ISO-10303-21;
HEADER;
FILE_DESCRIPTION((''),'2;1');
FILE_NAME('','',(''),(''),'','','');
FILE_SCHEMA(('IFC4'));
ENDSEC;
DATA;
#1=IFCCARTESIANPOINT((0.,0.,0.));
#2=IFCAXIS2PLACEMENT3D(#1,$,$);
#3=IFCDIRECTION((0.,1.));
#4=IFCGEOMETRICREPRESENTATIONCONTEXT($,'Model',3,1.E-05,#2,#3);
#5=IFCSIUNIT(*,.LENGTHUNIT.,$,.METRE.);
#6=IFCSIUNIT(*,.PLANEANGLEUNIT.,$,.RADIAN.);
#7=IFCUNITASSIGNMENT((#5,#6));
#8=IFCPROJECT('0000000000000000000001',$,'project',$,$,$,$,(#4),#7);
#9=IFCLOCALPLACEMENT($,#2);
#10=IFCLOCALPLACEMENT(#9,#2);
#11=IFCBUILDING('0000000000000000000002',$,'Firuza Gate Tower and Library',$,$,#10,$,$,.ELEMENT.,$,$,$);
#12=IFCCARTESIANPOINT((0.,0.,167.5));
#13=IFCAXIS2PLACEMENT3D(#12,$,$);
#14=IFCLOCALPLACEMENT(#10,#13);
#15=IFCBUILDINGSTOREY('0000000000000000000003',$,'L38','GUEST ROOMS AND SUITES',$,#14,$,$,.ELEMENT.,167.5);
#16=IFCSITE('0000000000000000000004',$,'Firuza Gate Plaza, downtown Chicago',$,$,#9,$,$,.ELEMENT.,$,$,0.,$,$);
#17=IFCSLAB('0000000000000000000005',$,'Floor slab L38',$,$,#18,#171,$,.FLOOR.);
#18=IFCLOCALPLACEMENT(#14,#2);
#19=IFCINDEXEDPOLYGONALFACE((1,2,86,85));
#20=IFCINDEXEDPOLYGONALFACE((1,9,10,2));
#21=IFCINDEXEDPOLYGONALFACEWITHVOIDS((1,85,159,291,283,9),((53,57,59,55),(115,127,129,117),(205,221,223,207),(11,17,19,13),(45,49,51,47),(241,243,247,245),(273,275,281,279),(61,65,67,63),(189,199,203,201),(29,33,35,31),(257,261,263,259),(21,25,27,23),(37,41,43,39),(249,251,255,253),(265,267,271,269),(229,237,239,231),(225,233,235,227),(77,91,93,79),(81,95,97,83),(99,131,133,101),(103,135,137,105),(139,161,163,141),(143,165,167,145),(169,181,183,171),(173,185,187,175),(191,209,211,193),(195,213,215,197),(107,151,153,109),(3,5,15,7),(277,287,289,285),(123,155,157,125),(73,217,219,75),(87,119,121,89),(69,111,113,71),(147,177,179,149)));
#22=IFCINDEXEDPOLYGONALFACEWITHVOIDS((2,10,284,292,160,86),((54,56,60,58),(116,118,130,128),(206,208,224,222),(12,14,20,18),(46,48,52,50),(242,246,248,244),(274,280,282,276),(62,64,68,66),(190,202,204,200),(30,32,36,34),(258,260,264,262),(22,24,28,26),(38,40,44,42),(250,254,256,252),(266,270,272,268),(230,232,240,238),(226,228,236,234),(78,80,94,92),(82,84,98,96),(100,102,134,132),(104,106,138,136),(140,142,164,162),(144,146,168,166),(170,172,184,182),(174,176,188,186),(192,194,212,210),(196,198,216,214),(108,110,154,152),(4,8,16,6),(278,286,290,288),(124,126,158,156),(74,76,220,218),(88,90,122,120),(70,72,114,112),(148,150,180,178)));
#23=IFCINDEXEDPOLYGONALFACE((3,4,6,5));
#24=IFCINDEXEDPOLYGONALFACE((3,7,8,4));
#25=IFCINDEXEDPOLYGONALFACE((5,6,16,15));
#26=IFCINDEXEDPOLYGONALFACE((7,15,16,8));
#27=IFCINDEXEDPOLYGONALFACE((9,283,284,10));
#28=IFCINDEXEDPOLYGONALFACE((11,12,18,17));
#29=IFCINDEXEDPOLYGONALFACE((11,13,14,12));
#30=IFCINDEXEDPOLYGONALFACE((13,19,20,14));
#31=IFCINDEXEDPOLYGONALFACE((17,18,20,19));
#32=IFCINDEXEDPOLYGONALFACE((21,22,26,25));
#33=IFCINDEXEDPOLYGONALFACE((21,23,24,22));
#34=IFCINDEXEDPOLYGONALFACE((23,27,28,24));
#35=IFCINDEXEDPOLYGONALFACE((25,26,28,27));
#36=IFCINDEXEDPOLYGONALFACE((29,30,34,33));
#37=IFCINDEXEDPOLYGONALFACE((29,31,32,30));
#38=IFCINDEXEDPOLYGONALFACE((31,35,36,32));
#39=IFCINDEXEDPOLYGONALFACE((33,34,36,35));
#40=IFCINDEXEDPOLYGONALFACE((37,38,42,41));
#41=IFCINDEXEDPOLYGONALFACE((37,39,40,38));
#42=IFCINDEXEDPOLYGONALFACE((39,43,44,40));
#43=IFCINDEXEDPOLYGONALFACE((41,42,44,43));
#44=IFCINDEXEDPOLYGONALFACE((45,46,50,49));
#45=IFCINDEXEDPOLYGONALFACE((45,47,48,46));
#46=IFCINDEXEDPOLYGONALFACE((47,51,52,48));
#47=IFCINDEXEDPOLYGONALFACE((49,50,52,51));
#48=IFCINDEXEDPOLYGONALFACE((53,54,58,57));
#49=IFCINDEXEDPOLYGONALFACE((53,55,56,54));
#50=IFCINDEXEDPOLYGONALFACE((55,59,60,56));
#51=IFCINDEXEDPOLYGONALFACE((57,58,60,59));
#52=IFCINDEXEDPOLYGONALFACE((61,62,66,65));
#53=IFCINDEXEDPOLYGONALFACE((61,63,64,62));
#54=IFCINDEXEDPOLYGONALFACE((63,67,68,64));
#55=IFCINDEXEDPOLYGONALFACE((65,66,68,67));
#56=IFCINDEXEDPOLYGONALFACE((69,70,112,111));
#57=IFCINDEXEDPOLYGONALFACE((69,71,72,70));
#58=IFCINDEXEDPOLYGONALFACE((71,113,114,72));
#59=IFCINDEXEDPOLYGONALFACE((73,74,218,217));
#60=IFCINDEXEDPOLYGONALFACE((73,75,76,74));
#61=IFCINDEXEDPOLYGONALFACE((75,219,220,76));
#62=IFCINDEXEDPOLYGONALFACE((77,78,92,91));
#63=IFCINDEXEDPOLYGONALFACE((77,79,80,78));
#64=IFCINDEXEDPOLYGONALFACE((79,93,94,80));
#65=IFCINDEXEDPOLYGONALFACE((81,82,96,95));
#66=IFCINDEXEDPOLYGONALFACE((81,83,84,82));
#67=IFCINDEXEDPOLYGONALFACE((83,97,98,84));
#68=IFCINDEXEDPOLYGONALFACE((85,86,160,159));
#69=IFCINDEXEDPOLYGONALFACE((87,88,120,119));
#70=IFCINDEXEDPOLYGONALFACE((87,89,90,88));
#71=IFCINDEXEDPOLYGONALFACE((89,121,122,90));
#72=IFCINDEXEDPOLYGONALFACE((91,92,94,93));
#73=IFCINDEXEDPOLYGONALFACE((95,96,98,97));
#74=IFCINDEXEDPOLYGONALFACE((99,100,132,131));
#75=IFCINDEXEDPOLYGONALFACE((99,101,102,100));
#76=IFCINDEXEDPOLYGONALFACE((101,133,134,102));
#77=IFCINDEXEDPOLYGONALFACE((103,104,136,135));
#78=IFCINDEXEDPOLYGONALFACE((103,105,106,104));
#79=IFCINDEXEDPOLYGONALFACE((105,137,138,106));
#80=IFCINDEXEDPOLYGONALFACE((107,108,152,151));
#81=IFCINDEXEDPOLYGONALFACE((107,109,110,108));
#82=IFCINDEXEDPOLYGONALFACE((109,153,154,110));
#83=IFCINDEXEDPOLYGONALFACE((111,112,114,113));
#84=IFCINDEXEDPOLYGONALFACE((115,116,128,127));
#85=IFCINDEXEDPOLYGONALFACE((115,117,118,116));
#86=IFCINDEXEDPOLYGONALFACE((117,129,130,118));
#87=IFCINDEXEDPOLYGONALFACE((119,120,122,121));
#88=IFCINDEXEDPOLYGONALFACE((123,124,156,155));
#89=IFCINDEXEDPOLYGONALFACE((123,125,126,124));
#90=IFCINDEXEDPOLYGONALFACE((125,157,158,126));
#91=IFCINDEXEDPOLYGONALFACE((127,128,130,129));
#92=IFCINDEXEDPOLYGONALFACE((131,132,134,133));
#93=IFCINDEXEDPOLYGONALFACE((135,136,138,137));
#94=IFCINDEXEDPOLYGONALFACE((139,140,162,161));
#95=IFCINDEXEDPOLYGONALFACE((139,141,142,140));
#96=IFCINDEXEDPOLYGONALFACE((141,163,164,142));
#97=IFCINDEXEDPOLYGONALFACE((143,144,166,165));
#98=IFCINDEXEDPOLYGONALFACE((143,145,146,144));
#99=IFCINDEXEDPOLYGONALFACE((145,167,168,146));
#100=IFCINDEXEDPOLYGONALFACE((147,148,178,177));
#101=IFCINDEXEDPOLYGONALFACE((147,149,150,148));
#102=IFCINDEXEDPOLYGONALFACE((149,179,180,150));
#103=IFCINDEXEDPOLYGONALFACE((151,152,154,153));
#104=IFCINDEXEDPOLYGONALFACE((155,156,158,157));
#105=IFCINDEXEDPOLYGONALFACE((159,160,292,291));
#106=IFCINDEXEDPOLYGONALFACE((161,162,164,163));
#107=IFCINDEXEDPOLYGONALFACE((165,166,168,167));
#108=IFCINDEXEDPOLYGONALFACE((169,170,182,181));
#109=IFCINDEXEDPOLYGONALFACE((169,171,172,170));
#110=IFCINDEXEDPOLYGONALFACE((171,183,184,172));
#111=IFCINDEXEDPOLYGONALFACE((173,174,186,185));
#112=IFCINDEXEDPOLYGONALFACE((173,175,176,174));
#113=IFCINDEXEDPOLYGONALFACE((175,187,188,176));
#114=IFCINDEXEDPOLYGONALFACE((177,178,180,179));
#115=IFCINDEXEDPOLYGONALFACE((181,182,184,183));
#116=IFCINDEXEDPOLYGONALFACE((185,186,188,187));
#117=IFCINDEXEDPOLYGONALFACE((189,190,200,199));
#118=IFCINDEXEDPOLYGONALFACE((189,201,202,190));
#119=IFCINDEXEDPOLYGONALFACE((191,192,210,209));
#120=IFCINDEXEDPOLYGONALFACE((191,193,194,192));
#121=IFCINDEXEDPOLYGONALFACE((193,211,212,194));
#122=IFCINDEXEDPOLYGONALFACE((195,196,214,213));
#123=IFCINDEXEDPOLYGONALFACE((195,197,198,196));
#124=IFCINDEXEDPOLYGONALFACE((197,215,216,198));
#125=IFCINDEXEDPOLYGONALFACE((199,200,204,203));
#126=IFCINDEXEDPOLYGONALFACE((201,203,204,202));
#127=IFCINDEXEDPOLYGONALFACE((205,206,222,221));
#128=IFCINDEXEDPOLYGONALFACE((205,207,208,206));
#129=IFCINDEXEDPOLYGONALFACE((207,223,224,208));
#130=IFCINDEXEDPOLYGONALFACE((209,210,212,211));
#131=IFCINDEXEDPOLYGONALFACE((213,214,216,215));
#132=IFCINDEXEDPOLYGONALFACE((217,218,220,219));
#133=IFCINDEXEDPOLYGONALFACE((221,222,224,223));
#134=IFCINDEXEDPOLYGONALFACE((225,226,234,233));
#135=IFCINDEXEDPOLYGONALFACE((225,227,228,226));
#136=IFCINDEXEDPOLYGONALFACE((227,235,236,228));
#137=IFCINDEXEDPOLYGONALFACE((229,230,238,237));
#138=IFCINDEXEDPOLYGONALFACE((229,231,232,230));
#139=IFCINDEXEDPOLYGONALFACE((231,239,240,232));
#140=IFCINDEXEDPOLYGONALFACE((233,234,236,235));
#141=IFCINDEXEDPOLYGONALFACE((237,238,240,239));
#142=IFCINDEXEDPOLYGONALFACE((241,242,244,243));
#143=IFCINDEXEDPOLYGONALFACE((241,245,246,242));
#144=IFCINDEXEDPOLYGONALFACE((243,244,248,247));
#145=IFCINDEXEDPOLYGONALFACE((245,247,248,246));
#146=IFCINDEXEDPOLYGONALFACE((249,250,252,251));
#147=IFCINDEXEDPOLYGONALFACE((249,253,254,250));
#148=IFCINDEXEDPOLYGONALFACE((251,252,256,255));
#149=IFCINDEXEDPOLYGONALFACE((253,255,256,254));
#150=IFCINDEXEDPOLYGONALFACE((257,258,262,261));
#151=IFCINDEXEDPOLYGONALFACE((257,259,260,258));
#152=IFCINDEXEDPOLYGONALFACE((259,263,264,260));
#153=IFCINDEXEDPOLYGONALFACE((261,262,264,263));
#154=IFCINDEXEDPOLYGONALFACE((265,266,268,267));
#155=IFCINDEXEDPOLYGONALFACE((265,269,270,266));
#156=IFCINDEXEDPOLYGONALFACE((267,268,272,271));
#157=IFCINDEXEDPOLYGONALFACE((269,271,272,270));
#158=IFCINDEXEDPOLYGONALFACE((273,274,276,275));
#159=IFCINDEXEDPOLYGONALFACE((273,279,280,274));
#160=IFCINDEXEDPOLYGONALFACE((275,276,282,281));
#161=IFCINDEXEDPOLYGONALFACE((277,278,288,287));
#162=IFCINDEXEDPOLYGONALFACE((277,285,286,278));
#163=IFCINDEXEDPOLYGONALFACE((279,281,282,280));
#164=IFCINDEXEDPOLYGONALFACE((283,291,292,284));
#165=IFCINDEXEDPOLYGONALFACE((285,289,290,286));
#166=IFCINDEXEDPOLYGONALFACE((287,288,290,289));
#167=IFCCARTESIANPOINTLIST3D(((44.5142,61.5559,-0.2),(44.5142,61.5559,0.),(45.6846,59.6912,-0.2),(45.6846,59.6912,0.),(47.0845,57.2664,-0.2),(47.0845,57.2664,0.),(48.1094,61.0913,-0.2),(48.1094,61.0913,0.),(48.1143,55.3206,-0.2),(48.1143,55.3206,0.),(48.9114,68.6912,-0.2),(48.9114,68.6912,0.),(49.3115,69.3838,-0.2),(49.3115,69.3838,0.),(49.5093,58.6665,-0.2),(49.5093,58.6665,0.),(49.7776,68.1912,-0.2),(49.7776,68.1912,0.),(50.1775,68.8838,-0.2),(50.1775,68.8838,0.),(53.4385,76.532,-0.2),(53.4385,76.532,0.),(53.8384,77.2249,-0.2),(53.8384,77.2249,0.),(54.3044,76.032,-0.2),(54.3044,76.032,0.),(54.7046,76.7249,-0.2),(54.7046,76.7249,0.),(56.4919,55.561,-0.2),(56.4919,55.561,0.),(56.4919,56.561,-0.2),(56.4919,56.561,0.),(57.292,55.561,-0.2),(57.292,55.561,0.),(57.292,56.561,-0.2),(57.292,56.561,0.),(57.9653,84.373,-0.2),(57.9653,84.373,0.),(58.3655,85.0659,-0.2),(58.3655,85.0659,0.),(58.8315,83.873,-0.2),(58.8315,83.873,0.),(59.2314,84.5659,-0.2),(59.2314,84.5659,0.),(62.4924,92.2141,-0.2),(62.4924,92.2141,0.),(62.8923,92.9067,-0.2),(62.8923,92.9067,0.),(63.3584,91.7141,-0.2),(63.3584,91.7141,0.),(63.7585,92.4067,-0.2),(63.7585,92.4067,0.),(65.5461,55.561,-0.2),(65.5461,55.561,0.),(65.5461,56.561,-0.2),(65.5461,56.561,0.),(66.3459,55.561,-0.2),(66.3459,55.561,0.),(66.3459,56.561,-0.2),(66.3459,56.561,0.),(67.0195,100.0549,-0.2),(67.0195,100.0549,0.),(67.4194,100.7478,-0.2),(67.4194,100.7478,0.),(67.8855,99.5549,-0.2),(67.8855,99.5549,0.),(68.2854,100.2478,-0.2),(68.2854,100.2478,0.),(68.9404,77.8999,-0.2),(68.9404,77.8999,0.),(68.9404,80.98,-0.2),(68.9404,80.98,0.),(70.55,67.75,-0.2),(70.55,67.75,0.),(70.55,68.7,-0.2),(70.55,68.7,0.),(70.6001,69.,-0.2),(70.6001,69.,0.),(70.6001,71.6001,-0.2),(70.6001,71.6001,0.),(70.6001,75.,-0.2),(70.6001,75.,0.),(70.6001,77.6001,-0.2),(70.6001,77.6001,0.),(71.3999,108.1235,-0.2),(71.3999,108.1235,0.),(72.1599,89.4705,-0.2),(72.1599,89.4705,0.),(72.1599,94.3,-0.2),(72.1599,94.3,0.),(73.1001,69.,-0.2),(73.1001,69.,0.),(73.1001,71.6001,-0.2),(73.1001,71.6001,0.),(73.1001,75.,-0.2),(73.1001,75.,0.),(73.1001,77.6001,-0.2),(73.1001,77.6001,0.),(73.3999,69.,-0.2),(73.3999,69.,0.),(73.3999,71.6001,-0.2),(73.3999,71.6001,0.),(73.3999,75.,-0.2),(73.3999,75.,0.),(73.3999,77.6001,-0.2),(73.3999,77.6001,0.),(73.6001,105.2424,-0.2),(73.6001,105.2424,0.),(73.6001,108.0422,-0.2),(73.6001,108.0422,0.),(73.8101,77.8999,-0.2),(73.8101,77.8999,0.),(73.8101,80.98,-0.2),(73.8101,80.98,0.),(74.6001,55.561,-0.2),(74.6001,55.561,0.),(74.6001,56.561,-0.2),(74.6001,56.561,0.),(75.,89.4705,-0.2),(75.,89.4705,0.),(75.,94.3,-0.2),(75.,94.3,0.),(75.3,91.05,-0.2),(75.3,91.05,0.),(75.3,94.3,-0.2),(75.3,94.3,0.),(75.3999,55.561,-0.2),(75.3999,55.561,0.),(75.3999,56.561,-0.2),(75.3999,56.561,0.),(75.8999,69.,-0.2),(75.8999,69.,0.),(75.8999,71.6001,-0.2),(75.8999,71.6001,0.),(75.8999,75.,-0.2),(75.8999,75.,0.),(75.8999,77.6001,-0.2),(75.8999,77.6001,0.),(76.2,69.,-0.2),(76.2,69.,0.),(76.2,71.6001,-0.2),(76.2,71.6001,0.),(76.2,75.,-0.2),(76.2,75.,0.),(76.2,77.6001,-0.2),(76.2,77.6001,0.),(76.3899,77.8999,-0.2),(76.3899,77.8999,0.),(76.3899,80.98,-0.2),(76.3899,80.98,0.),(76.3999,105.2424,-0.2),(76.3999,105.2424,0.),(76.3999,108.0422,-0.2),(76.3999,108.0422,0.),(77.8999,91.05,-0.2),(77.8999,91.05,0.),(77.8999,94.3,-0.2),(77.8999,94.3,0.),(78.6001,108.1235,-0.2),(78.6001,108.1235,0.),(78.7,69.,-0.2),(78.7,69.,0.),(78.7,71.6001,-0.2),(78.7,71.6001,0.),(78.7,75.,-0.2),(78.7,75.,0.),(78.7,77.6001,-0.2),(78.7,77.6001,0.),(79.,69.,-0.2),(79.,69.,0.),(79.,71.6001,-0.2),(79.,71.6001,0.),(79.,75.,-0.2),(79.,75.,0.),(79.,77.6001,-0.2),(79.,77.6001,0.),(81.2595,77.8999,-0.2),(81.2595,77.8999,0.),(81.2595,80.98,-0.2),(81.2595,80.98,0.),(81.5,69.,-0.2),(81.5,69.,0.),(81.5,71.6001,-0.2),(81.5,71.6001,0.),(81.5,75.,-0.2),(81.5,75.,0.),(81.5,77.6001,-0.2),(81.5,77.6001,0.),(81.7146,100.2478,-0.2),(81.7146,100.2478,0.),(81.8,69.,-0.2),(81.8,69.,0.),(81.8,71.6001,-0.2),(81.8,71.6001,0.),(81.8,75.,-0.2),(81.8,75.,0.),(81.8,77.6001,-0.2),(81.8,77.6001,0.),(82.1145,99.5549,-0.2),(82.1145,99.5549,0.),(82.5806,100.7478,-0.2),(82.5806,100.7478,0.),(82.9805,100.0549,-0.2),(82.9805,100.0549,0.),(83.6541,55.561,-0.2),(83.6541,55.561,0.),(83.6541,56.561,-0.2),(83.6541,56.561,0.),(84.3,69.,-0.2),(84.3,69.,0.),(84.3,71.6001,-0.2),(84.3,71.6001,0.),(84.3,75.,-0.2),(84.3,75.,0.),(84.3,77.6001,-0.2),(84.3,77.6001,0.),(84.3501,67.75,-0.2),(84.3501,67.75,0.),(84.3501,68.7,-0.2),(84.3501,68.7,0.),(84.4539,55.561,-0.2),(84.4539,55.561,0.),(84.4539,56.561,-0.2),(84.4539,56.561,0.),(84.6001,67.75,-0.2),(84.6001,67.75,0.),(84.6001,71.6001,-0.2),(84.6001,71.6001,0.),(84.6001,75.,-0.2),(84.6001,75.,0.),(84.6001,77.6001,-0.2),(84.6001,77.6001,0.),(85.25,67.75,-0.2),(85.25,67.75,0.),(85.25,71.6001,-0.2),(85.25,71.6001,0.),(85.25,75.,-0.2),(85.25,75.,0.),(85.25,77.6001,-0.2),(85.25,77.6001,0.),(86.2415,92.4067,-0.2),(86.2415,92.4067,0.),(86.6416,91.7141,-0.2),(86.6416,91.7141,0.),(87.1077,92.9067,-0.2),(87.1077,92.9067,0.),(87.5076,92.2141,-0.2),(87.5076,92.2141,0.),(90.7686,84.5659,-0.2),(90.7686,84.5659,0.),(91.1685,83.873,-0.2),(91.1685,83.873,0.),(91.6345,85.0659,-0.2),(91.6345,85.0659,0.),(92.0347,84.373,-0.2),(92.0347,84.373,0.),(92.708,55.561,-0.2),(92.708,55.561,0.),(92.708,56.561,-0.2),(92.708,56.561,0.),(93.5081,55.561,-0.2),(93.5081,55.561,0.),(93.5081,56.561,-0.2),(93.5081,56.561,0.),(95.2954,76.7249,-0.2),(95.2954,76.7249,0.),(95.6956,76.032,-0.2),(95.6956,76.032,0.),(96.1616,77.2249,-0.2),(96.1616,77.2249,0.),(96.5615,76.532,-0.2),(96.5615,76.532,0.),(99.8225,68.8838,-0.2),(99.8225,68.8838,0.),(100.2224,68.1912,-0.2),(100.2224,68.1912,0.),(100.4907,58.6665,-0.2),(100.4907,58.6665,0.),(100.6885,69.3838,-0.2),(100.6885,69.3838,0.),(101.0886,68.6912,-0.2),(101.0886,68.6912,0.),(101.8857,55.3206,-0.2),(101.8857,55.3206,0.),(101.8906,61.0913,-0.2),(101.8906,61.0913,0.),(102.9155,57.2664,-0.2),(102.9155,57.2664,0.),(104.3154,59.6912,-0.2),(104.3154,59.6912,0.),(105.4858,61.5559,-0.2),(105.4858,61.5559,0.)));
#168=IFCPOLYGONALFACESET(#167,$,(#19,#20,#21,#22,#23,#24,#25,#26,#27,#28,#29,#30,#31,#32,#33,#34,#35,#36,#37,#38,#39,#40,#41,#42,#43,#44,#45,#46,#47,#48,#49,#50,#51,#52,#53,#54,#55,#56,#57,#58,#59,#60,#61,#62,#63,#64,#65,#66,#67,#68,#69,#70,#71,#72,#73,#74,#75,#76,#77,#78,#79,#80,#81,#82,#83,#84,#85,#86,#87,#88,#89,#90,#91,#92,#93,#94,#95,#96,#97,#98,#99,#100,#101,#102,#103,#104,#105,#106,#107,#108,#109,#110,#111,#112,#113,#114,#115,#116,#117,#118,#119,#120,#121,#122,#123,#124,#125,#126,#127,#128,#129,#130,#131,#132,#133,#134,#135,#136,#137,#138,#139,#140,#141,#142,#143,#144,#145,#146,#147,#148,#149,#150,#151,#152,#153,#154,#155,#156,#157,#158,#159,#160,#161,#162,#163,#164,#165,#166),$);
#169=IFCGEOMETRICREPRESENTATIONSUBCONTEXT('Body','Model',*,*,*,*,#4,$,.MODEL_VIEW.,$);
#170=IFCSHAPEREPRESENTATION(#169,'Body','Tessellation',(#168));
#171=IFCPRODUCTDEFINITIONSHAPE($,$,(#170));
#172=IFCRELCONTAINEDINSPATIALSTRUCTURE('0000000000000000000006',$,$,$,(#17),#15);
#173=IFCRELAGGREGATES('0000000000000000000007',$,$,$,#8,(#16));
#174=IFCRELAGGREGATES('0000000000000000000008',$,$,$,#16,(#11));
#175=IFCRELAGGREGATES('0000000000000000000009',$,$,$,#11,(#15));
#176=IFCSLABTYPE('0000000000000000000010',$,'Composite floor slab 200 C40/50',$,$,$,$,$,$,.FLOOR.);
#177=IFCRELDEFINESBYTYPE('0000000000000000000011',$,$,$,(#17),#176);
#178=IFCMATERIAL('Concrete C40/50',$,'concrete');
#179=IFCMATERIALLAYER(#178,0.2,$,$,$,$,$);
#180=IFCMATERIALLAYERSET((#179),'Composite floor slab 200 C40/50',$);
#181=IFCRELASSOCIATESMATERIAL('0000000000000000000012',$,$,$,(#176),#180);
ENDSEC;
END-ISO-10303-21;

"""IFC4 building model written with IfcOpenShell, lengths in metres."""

from ifc_helpers import new_model, si_unit, direction, frame, origin, place, context, subcontext, project, spatial, polyline, outline, extrude, material, layer, layer_set, type_object, element, save


model = new_model("IFC4")

# Units and contexts
model_context = context("Model", 3, precision=1e-05, world=origin(), true_north=direction((0.0, 1.0)))
body_context = subcontext(model_context, "Body", "Model", "MODEL_VIEW")
ifc_project = project(units=[si_unit("LENGTHUNIT", "METRE"), si_unit("PLANEANGLEUNIT", "RADIAN")], contexts=[model_context])

# Site, building, storey
site_placement = place(None, origin())
site = spatial("IfcSite", under=ifc_project, at=site_placement, Name="Firuza Gate Plaza, downtown Chicago", CompositionType="ELEMENT", RefElevation=0.0)
building_placement = place(site_placement, origin())
building = spatial("IfcBuilding", under=site, at=building_placement, Name="Firuza Gate Tower and Library", CompositionType="ELEMENT")
storey_placement = place(building_placement, frame((0.0, 0.0, 167.5)))
storey = spatial("IfcBuildingStorey", under=building, at=storey_placement, Name="L38", Description="GUEST ROOMS AND SUITES", CompositionType="ELEMENT", Elevation=167.5)

# Slab
ifc_material_1 = material(Name="Concrete C40/50", Category="concrete")
ifc_layer_1 = layer(ifc_material_1, 0.2)
ifc_layer_set_1 = layer_set([ifc_layer_1], Name="Composite floor slab 200 C40/50")
slab_type_1 = type_object("IfcSlabType", Name="Composite floor slab 200 C40/50", PredefinedType="FLOOR", material=ifc_layer_set_1)
slab_1_placement = place(storey_placement, frame((0.0, 0.0, -0.2)))
element("IfcSlab", 1, at=slab_1_placement, inside=storey, type_object=slab_type_1, Name="Floor slab L38", PredefinedType="FLOOR", context=body_context, shape_type="SweptSolid", body=[
    extrude(outline(polyline([(44.5142, 61.5559), (48.1143, 55.3206), (101.8857, 55.3206), (105.4858, 61.5559), (78.6001, 108.1235), (71.3999, 108.1235), (44.5142, 61.5559)]), holes=[polyline([(56.4919, 55.561), (56.4919, 56.561), (57.292, 56.561), (57.292, 55.561), (56.4919, 55.561)]), polyline([(74.6001, 55.561), (74.6001, 56.561), (75.3999, 56.561), (75.3999, 55.561), (74.6001, 55.561)]), polyline([(65.5461, 55.561), (65.5461, 56.561), (66.3459, 56.561), (66.3459, 55.561), (65.5461, 55.561)]), polyline([(45.6846, 59.6912), (48.1094, 61.0913), (49.5093, 58.6665), (47.0845, 57.2664), (45.6846, 59.6912)]), polyline([(84.3501, 67.75), (70.55, 67.75), (70.55, 68.7), (84.3501, 68.7), (84.3501, 67.75)]), polyline([(49.3115, 69.3838), (50.1775, 68.8838), (49.7776, 68.1912), (48.9114, 68.6912), (49.3115, 69.3838)]), polyline([(73.1001, 69.0), (70.6001, 69.0), (70.6001, 71.6001), (73.1001, 71.6001), (73.1001, 69.0)]), polyline([(75.8999, 69.0), (73.3999, 69.0), (73.3999, 71.6001), (75.8999, 71.6001), (75.8999, 69.0)]), polyline([(73.1001, 75.0), (70.6001, 75.0), (70.6001, 77.6001), (73.1001, 77.6001), (73.1001, 75.0)]), polyline([(75.8999, 75.0), (73.3999, 75.0), (73.3999, 77.6001), (75.8999, 77.6001), (75.8999, 75.0)]), polyline([(53.8384, 77.2249), (54.7046, 76.7249), (54.3044, 76.032), (53.4385, 76.532), (53.8384, 77.2249)]), polyline([(73.8101, 77.8999), (68.9404, 77.8999), (68.9404, 80.98), (73.8101, 80.98), (73.8101, 77.8999)]), polyline([(58.3655, 85.0659), (59.2314, 84.5659), (58.8315, 83.873), (57.9653, 84.373), (58.3655, 85.0659)]), polyline([(72.1599, 89.4705), (72.1599, 94.3), (75.0, 94.3), (75.0, 89.4705), (72.1599, 89.4705)]), polyline([(62.8923, 92.9067), (63.7585, 92.4067), (63.3584, 91.7141), (62.4924, 92.2141), (62.8923, 92.9067)]), polyline([(75.3, 91.05), (75.3, 94.3), (77.8999, 94.3), (77.8999, 91.05), (75.3, 91.05)]), polyline([(68.2854, 100.2478), (67.8855, 99.5549), (67.0195, 100.0549), (67.4194, 100.7478), (68.2854, 100.2478)]), polyline([(76.3999, 108.0422), (76.3999, 105.2424), (73.6001, 105.2424), (73.6001, 108.0422), (76.3999, 108.0422)]), polyline([(92.708, 55.561), (92.708, 56.561), (93.5081, 56.561), (93.5081, 55.561), (92.708, 55.561)]), polyline([(83.6541, 55.561), (83.6541, 56.561), (84.4539, 56.561), (84.4539, 55.561), (83.6541, 55.561)]), polyline([(102.9155, 57.2664), (100.4907, 58.6665), (101.8906, 61.0913), (104.3154, 59.6912), (102.9155, 57.2664)]), polyline([(101.0886, 68.6912), (100.2224, 68.1912), (99.8225, 68.8838), (100.6885, 69.3838), (101.0886, 68.6912)]), polyline([(85.25, 67.75), (84.6001, 67.75), (84.6001, 71.6001), (85.25, 71.6001), (85.25, 67.75)]), polyline([(81.5, 69.0), (79.0, 69.0), (79.0, 71.6001), (81.5, 71.6001), (81.5, 69.0)]), polyline([(81.8, 69.0), (81.8, 71.6001), (84.3, 71.6001), (84.3, 69.0), (81.8, 69.0)]), polyline([(76.2, 69.0), (76.2, 71.6001), (78.7, 71.6001), (78.7, 69.0), (76.2, 69.0)]), polyline([(81.5, 75.0), (79.0, 75.0), (79.0, 77.6001), (81.5, 77.6001), (81.5, 75.0)]), polyline([(84.3, 75.0), (81.8, 75.0), (81.8, 77.6001), (84.3, 77.6001), (84.3, 75.0)]), polyline([(85.25, 75.0), (84.6001, 75.0), (84.6001, 77.6001), (85.25, 77.6001), (85.25, 75.0)]), polyline([(78.7, 75.0), (76.2, 75.0), (76.2, 77.6001), (78.7, 77.6001), (78.7, 75.0)]), polyline([(96.5615, 76.532), (95.6956, 76.032), (95.2954, 76.7249), (96.1616, 77.2249), (96.5615, 76.532)]), polyline([(81.2595, 77.8999), (76.3899, 77.8999), (76.3899, 80.98), (81.2595, 80.98), (81.2595, 77.8999)]), polyline([(92.0347, 84.373), (91.1685, 83.873), (90.7686, 84.5659), (91.6345, 85.0659), (92.0347, 84.373)]), polyline([(86.6416, 91.7141), (86.2415, 92.4067), (87.1077, 92.9067), (87.5076, 92.2141), (86.6416, 91.7141)]), polyline([(82.1145, 99.5549), (81.7146, 100.2478), (82.5806, 100.7478), (82.9805, 100.0549), (82.1145, 99.5549)])]), origin(), (0.0, 0.0, 1.0), 0.2),
])

save(model, "model.ifc")
